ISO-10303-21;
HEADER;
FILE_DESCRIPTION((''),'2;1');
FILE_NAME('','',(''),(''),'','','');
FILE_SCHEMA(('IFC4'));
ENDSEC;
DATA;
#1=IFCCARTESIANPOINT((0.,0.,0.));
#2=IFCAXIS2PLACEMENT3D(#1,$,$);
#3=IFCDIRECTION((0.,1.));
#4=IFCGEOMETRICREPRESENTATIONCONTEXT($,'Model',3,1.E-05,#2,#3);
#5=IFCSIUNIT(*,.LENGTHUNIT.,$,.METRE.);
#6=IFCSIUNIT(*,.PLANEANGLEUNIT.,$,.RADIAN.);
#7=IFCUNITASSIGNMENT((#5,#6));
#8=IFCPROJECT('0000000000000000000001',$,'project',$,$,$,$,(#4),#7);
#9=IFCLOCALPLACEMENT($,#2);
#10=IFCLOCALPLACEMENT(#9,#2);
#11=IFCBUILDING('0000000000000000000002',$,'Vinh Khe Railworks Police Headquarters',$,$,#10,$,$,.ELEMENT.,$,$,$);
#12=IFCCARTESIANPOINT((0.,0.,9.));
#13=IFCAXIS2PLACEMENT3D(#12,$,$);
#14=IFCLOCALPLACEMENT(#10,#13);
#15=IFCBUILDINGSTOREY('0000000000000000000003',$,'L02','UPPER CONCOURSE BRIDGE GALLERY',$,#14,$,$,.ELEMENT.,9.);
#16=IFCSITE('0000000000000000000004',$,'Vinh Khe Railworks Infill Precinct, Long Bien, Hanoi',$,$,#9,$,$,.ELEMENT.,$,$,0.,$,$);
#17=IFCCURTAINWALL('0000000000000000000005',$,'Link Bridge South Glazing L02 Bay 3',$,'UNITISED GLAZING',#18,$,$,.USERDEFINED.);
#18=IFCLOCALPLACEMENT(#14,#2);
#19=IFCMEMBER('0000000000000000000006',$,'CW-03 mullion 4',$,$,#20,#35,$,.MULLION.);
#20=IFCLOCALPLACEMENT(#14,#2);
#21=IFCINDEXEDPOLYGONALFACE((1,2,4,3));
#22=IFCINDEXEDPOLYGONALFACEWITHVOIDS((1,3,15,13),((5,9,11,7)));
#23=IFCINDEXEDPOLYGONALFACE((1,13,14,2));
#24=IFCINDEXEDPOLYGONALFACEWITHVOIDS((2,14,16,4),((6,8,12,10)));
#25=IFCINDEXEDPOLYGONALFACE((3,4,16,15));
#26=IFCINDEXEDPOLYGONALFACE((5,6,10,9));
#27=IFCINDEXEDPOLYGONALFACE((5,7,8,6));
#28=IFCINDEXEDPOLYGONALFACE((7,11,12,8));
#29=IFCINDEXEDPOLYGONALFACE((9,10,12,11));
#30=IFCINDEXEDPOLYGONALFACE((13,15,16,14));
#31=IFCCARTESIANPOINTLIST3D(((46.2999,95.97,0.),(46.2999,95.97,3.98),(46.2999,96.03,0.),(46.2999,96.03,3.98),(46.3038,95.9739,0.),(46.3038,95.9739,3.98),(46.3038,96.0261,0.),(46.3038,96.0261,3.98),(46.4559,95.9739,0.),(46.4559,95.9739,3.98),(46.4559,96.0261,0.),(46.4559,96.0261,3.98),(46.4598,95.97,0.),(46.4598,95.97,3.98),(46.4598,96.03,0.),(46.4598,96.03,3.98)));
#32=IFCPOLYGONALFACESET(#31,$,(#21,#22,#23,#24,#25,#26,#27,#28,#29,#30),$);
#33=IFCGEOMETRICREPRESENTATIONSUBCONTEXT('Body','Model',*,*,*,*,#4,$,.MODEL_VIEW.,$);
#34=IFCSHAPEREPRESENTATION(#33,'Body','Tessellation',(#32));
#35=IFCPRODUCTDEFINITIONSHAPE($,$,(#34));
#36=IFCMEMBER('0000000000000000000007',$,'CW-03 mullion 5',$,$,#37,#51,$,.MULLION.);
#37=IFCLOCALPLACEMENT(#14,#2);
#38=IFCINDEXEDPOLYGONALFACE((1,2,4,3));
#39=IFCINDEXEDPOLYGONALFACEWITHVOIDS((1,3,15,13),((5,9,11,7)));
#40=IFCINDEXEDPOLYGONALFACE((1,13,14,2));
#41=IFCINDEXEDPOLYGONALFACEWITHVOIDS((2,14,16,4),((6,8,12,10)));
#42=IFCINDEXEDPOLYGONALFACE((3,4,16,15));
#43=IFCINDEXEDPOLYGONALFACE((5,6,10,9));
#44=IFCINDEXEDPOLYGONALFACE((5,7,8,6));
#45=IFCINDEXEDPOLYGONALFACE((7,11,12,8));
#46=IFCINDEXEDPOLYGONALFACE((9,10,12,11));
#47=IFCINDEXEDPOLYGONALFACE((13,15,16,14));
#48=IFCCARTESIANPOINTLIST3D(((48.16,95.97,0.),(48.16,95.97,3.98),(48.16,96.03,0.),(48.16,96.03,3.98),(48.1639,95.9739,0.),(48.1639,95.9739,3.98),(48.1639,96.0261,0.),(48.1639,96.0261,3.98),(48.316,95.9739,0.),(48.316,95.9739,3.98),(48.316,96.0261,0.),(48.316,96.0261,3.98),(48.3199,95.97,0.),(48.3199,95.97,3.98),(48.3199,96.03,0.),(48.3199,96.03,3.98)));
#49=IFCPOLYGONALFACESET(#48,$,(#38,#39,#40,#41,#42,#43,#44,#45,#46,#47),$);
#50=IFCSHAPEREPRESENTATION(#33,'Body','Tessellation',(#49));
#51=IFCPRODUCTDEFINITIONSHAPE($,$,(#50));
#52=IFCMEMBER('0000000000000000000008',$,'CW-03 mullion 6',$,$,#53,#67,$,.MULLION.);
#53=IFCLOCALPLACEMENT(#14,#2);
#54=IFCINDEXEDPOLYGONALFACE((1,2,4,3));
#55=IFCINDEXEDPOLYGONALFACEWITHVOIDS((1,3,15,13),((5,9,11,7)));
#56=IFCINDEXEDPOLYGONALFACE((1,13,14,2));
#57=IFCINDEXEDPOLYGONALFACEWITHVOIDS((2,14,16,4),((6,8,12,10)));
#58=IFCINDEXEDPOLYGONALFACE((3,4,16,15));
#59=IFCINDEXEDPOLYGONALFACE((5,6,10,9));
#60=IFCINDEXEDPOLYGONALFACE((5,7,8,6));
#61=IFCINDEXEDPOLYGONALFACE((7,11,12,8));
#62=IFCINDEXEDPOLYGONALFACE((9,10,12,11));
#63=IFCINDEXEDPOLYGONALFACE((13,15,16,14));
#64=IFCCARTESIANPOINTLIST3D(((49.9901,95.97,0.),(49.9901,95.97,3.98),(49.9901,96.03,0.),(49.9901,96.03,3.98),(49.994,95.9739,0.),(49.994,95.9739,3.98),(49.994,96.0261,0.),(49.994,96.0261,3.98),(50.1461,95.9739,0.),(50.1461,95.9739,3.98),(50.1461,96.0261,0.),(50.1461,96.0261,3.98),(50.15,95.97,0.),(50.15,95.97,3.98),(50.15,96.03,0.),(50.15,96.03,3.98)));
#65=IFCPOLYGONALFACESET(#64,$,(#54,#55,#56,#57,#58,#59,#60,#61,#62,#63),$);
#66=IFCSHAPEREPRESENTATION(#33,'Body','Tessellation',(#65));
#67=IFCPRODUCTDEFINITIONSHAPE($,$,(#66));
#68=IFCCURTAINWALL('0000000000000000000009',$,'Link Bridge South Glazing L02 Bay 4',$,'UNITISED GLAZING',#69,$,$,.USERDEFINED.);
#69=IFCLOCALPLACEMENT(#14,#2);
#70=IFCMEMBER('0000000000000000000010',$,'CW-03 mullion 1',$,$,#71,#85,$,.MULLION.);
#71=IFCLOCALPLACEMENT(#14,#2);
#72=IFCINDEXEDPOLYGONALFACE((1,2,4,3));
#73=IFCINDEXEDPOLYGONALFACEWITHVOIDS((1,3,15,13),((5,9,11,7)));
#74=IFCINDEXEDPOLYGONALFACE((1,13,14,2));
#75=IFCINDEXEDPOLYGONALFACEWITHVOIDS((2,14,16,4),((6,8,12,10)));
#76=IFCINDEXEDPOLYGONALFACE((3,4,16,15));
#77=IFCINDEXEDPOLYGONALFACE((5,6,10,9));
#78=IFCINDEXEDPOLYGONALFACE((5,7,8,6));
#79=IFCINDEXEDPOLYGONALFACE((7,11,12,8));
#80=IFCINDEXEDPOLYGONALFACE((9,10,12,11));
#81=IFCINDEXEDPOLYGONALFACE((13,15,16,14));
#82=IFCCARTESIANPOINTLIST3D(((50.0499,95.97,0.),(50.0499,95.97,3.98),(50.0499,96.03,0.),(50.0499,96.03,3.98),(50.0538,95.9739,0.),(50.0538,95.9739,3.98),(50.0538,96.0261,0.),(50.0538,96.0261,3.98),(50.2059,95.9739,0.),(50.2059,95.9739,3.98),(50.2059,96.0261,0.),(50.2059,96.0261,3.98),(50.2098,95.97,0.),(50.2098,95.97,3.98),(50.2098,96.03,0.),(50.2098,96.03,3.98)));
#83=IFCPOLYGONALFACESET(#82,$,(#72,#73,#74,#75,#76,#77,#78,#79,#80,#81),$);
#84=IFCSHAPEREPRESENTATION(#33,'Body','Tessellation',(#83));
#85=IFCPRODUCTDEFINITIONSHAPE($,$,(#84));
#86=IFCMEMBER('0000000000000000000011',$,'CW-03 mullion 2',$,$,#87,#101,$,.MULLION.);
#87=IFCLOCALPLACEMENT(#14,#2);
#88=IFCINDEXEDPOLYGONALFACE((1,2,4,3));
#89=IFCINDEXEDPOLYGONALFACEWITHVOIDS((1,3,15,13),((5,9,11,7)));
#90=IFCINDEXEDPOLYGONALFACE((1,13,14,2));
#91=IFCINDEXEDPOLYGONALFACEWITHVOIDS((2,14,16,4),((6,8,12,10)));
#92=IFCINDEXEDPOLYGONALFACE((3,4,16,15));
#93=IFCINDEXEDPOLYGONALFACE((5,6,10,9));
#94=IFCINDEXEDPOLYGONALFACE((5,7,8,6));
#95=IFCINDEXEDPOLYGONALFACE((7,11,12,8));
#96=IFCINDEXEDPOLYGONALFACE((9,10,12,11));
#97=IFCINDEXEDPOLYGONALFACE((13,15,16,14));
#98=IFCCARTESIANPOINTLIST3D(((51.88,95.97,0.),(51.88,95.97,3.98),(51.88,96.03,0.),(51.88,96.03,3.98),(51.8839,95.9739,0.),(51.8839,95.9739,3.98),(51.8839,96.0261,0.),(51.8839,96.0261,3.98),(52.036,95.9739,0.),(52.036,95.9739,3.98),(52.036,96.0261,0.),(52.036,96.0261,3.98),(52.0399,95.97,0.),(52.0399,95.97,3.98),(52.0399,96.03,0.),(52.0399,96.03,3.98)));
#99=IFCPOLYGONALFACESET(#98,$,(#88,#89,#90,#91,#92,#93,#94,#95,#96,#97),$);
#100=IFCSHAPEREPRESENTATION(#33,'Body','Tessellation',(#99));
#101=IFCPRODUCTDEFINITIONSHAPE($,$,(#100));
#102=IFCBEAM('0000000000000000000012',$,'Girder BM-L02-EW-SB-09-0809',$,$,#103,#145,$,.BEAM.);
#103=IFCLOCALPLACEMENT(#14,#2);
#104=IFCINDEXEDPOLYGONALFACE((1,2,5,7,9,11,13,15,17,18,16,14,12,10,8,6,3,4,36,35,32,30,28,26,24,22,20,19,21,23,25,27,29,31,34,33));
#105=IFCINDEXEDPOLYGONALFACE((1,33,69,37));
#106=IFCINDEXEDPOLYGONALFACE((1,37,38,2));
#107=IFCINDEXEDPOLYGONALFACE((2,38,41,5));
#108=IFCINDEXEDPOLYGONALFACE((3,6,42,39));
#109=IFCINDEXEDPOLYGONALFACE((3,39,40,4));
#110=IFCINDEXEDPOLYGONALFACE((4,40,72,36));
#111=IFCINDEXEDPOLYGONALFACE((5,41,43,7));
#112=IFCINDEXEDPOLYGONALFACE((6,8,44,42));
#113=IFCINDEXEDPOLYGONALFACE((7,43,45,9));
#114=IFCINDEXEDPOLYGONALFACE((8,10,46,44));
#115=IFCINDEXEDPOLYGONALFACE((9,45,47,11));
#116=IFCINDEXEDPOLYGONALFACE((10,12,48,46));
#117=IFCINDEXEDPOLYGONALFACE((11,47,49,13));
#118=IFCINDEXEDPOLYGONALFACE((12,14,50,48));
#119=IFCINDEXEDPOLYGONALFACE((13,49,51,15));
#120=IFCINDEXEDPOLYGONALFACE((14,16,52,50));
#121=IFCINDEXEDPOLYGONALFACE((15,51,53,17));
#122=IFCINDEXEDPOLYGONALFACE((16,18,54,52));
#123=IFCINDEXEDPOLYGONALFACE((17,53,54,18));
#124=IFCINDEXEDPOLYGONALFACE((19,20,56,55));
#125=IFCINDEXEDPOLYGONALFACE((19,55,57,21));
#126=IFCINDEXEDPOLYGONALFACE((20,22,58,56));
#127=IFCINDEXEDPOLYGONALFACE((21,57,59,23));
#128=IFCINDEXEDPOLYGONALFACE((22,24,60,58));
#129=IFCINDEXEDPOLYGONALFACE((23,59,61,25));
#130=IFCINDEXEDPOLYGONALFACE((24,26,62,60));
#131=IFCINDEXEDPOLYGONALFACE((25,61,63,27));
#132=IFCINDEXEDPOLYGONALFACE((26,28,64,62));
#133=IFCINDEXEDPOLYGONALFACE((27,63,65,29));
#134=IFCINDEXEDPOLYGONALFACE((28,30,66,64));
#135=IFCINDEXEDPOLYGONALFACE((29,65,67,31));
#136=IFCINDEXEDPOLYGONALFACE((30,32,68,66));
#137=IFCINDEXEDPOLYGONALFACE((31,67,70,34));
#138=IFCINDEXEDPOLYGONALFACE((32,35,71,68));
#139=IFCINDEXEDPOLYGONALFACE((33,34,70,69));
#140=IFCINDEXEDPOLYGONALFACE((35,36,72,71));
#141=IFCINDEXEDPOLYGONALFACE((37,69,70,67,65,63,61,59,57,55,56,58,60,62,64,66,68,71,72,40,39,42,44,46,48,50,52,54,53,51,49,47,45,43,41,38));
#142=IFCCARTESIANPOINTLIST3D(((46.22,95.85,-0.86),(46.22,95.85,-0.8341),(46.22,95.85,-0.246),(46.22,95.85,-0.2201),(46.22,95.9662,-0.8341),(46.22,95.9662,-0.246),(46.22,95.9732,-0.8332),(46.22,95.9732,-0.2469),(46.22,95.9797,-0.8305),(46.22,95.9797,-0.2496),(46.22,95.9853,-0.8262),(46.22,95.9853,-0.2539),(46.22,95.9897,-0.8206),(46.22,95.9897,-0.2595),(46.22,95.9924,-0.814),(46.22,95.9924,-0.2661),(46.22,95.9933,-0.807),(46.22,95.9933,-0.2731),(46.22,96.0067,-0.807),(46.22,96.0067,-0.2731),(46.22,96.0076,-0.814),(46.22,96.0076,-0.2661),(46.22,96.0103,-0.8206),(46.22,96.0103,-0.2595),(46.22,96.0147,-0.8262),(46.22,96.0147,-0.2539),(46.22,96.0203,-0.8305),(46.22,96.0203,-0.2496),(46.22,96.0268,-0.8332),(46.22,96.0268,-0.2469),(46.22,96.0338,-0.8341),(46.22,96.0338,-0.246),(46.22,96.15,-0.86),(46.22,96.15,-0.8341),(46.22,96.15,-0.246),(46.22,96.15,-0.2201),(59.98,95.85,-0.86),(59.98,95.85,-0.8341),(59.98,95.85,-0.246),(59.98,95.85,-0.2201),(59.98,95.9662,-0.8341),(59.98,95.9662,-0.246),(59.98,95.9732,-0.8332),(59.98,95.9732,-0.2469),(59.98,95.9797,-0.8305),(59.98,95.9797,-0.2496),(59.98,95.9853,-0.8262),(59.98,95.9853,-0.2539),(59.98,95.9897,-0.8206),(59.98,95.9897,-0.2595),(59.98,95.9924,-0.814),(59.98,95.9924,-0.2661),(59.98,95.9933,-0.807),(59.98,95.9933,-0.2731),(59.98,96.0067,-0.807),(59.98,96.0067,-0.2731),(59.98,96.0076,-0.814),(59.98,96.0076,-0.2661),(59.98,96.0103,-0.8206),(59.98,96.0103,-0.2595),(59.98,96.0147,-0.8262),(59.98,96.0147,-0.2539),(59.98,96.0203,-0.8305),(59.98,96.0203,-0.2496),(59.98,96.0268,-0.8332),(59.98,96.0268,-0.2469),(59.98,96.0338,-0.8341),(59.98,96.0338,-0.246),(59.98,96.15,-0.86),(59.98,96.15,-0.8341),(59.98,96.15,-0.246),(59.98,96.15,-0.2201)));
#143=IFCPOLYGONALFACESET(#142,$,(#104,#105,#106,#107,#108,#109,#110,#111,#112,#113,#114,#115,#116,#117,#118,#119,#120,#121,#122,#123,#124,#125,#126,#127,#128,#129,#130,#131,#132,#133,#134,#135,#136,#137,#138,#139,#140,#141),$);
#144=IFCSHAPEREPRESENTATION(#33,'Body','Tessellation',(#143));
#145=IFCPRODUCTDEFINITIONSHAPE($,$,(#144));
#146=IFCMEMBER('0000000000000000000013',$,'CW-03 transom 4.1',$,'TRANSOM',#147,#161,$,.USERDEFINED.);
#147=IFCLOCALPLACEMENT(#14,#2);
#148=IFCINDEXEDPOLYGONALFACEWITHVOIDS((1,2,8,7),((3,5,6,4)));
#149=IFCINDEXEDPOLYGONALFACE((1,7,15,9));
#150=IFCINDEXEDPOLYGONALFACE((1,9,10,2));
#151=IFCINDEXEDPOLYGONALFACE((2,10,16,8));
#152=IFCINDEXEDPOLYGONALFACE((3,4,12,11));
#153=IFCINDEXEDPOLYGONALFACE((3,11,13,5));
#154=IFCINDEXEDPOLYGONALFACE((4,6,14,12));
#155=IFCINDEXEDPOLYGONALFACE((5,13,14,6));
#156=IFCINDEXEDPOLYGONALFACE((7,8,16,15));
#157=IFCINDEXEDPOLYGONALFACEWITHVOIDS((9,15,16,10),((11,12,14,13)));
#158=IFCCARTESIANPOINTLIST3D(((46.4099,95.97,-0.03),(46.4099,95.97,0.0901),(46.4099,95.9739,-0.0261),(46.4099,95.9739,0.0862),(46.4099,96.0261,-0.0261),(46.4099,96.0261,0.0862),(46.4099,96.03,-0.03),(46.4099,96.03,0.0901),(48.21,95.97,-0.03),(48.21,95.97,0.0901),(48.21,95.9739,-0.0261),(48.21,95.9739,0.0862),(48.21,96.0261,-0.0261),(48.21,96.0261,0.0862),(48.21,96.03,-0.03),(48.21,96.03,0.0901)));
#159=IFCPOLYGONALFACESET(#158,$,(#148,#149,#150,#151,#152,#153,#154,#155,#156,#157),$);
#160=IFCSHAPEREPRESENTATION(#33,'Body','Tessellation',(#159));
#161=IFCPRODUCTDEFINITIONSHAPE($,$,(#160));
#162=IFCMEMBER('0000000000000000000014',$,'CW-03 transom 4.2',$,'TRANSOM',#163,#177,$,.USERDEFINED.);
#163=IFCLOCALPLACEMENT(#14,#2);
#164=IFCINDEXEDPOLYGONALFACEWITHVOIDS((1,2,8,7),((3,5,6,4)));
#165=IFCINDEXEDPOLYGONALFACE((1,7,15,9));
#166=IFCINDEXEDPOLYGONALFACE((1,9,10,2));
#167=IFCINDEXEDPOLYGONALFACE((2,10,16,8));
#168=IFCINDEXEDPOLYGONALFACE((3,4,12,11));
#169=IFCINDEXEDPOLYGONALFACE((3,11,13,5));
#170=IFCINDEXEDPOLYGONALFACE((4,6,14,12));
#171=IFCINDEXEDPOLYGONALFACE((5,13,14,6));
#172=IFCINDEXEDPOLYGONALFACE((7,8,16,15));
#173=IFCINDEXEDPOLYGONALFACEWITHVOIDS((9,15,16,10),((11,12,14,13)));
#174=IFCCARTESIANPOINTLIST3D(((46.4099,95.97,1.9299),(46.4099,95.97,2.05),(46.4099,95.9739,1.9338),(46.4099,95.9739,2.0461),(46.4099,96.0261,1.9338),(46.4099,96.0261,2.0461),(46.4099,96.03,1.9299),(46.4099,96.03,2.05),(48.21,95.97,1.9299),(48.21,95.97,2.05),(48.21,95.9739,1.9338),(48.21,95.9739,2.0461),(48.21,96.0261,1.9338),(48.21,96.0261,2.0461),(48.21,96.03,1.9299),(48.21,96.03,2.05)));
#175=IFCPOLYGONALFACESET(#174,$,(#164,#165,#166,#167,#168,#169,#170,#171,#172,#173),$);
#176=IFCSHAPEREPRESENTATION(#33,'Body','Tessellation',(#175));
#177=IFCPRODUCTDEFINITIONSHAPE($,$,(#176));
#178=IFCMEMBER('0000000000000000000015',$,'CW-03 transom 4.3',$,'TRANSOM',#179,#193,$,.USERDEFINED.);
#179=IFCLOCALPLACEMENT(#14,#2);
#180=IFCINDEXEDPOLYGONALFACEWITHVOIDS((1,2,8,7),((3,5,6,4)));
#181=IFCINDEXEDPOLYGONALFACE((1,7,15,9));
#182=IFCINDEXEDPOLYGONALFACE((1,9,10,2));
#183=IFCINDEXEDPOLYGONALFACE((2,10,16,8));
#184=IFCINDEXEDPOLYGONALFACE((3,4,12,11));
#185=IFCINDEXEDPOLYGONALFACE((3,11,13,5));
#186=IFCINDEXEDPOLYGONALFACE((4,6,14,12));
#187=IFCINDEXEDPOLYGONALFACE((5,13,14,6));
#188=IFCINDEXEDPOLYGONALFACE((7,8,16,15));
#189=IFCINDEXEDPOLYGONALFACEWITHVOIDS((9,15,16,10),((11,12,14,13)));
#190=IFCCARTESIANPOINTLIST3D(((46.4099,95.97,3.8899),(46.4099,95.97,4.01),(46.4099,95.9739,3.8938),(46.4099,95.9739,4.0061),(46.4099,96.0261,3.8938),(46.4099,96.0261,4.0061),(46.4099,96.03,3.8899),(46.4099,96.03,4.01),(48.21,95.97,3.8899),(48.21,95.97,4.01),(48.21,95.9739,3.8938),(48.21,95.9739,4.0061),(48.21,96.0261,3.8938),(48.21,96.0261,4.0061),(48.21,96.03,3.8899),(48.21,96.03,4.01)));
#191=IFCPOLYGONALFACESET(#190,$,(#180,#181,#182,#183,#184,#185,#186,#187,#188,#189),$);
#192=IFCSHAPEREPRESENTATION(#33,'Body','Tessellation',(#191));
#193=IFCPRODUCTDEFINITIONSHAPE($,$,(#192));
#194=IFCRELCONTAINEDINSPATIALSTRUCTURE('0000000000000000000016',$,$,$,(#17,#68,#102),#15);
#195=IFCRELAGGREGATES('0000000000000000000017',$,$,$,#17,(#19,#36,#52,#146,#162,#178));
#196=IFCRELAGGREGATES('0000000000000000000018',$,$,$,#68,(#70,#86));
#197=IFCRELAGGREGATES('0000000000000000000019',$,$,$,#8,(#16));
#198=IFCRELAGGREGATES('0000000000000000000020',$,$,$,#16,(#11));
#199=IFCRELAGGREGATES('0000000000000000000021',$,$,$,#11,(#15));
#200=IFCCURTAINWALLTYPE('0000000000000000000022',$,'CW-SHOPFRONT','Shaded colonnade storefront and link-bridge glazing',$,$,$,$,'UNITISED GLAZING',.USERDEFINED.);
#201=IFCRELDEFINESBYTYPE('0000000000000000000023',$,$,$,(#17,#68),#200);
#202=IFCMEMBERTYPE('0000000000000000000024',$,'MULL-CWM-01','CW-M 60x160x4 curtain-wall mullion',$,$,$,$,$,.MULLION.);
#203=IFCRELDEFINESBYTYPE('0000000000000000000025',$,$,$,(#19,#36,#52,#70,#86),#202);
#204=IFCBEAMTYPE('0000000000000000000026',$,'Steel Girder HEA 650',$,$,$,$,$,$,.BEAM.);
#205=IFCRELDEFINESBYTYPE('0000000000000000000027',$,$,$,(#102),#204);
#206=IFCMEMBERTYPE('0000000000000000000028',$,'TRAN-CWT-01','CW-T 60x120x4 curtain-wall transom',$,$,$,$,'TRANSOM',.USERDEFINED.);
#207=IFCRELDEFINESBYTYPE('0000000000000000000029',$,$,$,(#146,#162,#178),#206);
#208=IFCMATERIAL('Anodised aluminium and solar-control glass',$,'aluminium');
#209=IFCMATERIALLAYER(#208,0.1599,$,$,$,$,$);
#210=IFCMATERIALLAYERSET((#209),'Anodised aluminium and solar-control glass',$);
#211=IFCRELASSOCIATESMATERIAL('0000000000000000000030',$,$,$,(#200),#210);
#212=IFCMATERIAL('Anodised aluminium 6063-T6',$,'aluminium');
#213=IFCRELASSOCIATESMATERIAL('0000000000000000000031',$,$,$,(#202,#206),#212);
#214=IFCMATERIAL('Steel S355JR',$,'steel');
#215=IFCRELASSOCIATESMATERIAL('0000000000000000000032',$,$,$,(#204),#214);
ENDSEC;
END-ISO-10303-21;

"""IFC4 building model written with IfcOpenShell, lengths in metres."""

from ifc_helpers import new_model, si_unit, direction, frame, origin, origin_2d, place, context, subcontext, project, spatial, hollow_rectangle, i_section, extrude, material, layer, layer_set, material_profile, profile_set, type_object, element, aggregate, save


model = new_model("IFC4")

# Units and contexts
model_context = context("Model", 3, precision=1e-05, world=origin(), true_north=direction((0.0, 1.0)))
body_context = subcontext(model_context, "Body", "Model", "MODEL_VIEW")
ifc_project = project(units=[si_unit("LENGTHUNIT", "METRE"), si_unit("PLANEANGLEUNIT", "RADIAN")], contexts=[model_context])

# Site, building, storey
site_placement = place(None, origin())
site = spatial("IfcSite", under=ifc_project, at=site_placement, Name="Vinh Khe Railworks Infill Precinct, Long Bien, Hanoi", CompositionType="ELEMENT", RefElevation=0.0)
building_placement = place(site_placement, origin())
building = spatial("IfcBuilding", under=site, at=building_placement, Name="Vinh Khe Railworks Police Headquarters", CompositionType="ELEMENT")
storey_placement = place(building_placement, frame((0.0, 0.0, 9.0)))
storey = spatial("IfcBuildingStorey", under=building, at=storey_placement, Name="L02", Description="UPPER CONCOURSE BRIDGE GALLERY", CompositionType="ELEMENT", Elevation=9.0)

# Curtain walls, members
ifc_material_1 = material(Name="Anodised aluminium and solar-control glass", Category="aluminium")
ifc_layer_1 = layer(ifc_material_1, 0.1599)
ifc_layer_set_1 = layer_set([ifc_layer_1], Name="Anodised aluminium and solar-control glass")
curtain_wall_type = type_object("IfcCurtainWallType", Name="CW-SHOPFRONT", Description="Shaded colonnade storefront and link-bridge glazing", ElementType="UNITISED GLAZING", PredefinedType="USERDEFINED", material=ifc_layer_set_1)
curtain_wall_1_placement = place(storey_placement, origin())
curtain_wall_1 = element("IfcCurtainWall", 1, at=curtain_wall_1_placement, inside=storey, type_object=curtain_wall_type, Name="Link Bridge South Glazing L02 Bay 3", ObjectType="UNITISED GLAZING", PredefinedType="USERDEFINED")
ifc_material_2 = material(Name="Anodised aluminium 6063-T6", Category="aluminium")
ifc_material_profile_1 = material_profile(ifc_material_2, hollow_rectangle(XDim=0.0601, YDim=0.1599, WallThickness=0.0039, at=origin_2d()), Name="CW-M 60x160x4")
ifc_profile_set_1 = profile_set([ifc_material_profile_1], Name="Anodised aluminium 6063-T6")
member_type_1 = type_object("IfcMemberType", Name="MULL-CWM-01", Description="CW-M 60x160x4 curtain-wall mullion", PredefinedType="MULLION", material=ifc_profile_set_1)
member_1_placement = place(storey_placement, frame((46.3799, 96.0, 0.0), z_axis=(0.0, 0.0, 1.0), x_axis=(0.0, 1.0, 0.0)))
member_1 = element("IfcMember", 2, at=member_1_placement, type_object=member_type_1, Name="CW-03 mullion 4", PredefinedType="MULLION", context=body_context, shape_type="SweptSolid", body=[
    extrude(hollow_rectangle(XDim=0.0601, YDim=0.1599, WallThickness=0.0039, at=origin_2d()), origin(), (0.0, 0.0, 1.0), 3.98),
])
member_2_placement = place(storey_placement, frame((48.24, 96.0, 0.0), z_axis=(0.0, 0.0, 1.0), x_axis=(0.0, 1.0, 0.0)))
member_2 = element("IfcMember", 3, at=member_2_placement, type_object=member_type_1, Name="CW-03 mullion 5", PredefinedType="MULLION", context=body_context, shape_type="SweptSolid", body=[
    extrude(hollow_rectangle(XDim=0.0601, YDim=0.1599, WallThickness=0.0039, at=origin_2d()), origin(), (0.0, 0.0, 1.0), 3.98),
])
member_3_placement = place(storey_placement, frame((50.0701, 96.0, 0.0), z_axis=(0.0, 0.0, 1.0), x_axis=(0.0, 1.0, 0.0)))
member_3 = element("IfcMember", 4, at=member_3_placement, type_object=member_type_1, Name="CW-03 mullion 6", PredefinedType="MULLION", context=body_context, shape_type="SweptSolid", body=[
    extrude(hollow_rectangle(XDim=0.0601, YDim=0.1599, WallThickness=0.0039, at=origin_2d()), origin(), (0.0, 0.0, 1.0), 3.98),
])
curtain_wall_2_placement = place(storey_placement, origin())
curtain_wall_2 = element("IfcCurtainWall", 5, at=curtain_wall_2_placement, inside=storey, type_object=curtain_wall_type, Name="Link Bridge South Glazing L02 Bay 4", ObjectType="UNITISED GLAZING", PredefinedType="USERDEFINED")
member_4_placement = place(storey_placement, frame((50.1299, 96.0, 0.0), z_axis=(0.0, 0.0, 1.0), x_axis=(0.0, 1.0, 0.0)))
member_4 = element("IfcMember", 6, at=member_4_placement, type_object=member_type_1, Name="CW-03 mullion 1", PredefinedType="MULLION", context=body_context, shape_type="SweptSolid", body=[
    extrude(hollow_rectangle(XDim=0.0601, YDim=0.1599, WallThickness=0.0039, at=origin_2d()), origin(), (0.0, 0.0, 1.0), 3.98),
])
member_5_placement = place(storey_placement, frame((51.96, 96.0, 0.0), z_axis=(0.0, 0.0, 1.0), x_axis=(0.0, 1.0, 0.0)))
member_5 = element("IfcMember", 7, at=member_5_placement, type_object=member_type_1, Name="CW-03 mullion 2", PredefinedType="MULLION", context=body_context, shape_type="SweptSolid", body=[
    extrude(hollow_rectangle(XDim=0.0601, YDim=0.1599, WallThickness=0.0039, at=origin_2d()), origin(), (0.0, 0.0, 1.0), 3.98),
])

# Beam
ifc_material_3 = material(Name="Steel S355JR", Category="steel")
ifc_material_profile_2 = material_profile(ifc_material_3, i_section(OverallWidth=0.3, OverallDepth=0.6399, WebThickness=0.0134, FlangeThickness=0.0259, FilletRadius=0.0271, at=origin_2d()), Name="HEA 650")
ifc_profile_set_2 = profile_set([ifc_material_profile_2], Name="Steel S355JR")
beam_type = type_object("IfcBeamType", Name="Steel Girder HEA 650", PredefinedType="BEAM", material=ifc_profile_set_2)
beam_placement = place(storey_placement, frame((46.22, 96.0, -0.54), z_axis=(1.0, 0.0, 0.0), x_axis=(0.0, 1.0, 0.0)))
element("IfcBeam", 8, at=beam_placement, inside=storey, type_object=beam_type, Name="Girder BM-L02-EW-SB-09-0809", PredefinedType="BEAM", context=body_context, shape_type="SweptSolid", body=[
    extrude(i_section(OverallWidth=0.3, OverallDepth=0.6399, WebThickness=0.0134, FlangeThickness=0.0259, FilletRadius=0.0271, at=origin_2d()), origin(), (0.0, 0.0, 1.0), 13.76),
])

# Members
ifc_material_profile_3 = material_profile(ifc_material_2, hollow_rectangle(XDim=0.0601, YDim=0.1201, WallThickness=0.0039, at=origin_2d()), Name="CW-T 60x120x4")
ifc_profile_set_3 = profile_set([ifc_material_profile_3], Name="Anodised aluminium 6063-T6")
member_type_2 = type_object("IfcMemberType", Name="TRAN-CWT-01", Description="CW-T 60x120x4 curtain-wall transom", ElementType="TRANSOM", PredefinedType="USERDEFINED", material=ifc_profile_set_3)
member_6_placement = place(storey_placement, frame((46.4099, 96.0, 0.03), z_axis=(1.0, 0.0, 0.0), x_axis=(0.0, 1.0, 0.0)))
member_6 = element("IfcMember", 9, at=member_6_placement, type_object=member_type_2, Name="CW-03 transom 4.1", ObjectType="TRANSOM", PredefinedType="USERDEFINED", context=body_context, shape_type="SweptSolid", body=[
    extrude(hollow_rectangle(XDim=0.0601, YDim=0.1201, WallThickness=0.0039, at=origin_2d()), origin(), (0.0, 0.0, 1.0), 1.8),
])
member_7_placement = place(storey_placement, frame((46.4099, 96.0, 1.99), z_axis=(1.0, 0.0, 0.0), x_axis=(0.0, 1.0, 0.0)))
member_7 = element("IfcMember", 10, at=member_7_placement, type_object=member_type_2, Name="CW-03 transom 4.2", ObjectType="TRANSOM", PredefinedType="USERDEFINED", context=body_context, shape_type="SweptSolid", body=[
    extrude(hollow_rectangle(XDim=0.0601, YDim=0.1201, WallThickness=0.0039, at=origin_2d()), origin(), (0.0, 0.0, 1.0), 1.8),
])
member_8_placement = place(storey_placement, frame((46.4099, 96.0, 3.95), z_axis=(1.0, 0.0, 0.0), x_axis=(0.0, 1.0, 0.0)))
member_8 = element("IfcMember", 11, at=member_8_placement, type_object=member_type_2, Name="CW-03 transom 4.3", ObjectType="TRANSOM", PredefinedType="USERDEFINED", context=body_context, shape_type="SweptSolid", body=[
    extrude(hollow_rectangle(XDim=0.0601, YDim=0.1201, WallThickness=0.0039, at=origin_2d()), origin(), (0.0, 0.0, 1.0), 1.8),
])

aggregate(curtain_wall_1, [member_1, member_2, member_3, member_6, member_7, member_8])
aggregate(curtain_wall_2, [member_4, member_5])

save(model, "model.ifc")
